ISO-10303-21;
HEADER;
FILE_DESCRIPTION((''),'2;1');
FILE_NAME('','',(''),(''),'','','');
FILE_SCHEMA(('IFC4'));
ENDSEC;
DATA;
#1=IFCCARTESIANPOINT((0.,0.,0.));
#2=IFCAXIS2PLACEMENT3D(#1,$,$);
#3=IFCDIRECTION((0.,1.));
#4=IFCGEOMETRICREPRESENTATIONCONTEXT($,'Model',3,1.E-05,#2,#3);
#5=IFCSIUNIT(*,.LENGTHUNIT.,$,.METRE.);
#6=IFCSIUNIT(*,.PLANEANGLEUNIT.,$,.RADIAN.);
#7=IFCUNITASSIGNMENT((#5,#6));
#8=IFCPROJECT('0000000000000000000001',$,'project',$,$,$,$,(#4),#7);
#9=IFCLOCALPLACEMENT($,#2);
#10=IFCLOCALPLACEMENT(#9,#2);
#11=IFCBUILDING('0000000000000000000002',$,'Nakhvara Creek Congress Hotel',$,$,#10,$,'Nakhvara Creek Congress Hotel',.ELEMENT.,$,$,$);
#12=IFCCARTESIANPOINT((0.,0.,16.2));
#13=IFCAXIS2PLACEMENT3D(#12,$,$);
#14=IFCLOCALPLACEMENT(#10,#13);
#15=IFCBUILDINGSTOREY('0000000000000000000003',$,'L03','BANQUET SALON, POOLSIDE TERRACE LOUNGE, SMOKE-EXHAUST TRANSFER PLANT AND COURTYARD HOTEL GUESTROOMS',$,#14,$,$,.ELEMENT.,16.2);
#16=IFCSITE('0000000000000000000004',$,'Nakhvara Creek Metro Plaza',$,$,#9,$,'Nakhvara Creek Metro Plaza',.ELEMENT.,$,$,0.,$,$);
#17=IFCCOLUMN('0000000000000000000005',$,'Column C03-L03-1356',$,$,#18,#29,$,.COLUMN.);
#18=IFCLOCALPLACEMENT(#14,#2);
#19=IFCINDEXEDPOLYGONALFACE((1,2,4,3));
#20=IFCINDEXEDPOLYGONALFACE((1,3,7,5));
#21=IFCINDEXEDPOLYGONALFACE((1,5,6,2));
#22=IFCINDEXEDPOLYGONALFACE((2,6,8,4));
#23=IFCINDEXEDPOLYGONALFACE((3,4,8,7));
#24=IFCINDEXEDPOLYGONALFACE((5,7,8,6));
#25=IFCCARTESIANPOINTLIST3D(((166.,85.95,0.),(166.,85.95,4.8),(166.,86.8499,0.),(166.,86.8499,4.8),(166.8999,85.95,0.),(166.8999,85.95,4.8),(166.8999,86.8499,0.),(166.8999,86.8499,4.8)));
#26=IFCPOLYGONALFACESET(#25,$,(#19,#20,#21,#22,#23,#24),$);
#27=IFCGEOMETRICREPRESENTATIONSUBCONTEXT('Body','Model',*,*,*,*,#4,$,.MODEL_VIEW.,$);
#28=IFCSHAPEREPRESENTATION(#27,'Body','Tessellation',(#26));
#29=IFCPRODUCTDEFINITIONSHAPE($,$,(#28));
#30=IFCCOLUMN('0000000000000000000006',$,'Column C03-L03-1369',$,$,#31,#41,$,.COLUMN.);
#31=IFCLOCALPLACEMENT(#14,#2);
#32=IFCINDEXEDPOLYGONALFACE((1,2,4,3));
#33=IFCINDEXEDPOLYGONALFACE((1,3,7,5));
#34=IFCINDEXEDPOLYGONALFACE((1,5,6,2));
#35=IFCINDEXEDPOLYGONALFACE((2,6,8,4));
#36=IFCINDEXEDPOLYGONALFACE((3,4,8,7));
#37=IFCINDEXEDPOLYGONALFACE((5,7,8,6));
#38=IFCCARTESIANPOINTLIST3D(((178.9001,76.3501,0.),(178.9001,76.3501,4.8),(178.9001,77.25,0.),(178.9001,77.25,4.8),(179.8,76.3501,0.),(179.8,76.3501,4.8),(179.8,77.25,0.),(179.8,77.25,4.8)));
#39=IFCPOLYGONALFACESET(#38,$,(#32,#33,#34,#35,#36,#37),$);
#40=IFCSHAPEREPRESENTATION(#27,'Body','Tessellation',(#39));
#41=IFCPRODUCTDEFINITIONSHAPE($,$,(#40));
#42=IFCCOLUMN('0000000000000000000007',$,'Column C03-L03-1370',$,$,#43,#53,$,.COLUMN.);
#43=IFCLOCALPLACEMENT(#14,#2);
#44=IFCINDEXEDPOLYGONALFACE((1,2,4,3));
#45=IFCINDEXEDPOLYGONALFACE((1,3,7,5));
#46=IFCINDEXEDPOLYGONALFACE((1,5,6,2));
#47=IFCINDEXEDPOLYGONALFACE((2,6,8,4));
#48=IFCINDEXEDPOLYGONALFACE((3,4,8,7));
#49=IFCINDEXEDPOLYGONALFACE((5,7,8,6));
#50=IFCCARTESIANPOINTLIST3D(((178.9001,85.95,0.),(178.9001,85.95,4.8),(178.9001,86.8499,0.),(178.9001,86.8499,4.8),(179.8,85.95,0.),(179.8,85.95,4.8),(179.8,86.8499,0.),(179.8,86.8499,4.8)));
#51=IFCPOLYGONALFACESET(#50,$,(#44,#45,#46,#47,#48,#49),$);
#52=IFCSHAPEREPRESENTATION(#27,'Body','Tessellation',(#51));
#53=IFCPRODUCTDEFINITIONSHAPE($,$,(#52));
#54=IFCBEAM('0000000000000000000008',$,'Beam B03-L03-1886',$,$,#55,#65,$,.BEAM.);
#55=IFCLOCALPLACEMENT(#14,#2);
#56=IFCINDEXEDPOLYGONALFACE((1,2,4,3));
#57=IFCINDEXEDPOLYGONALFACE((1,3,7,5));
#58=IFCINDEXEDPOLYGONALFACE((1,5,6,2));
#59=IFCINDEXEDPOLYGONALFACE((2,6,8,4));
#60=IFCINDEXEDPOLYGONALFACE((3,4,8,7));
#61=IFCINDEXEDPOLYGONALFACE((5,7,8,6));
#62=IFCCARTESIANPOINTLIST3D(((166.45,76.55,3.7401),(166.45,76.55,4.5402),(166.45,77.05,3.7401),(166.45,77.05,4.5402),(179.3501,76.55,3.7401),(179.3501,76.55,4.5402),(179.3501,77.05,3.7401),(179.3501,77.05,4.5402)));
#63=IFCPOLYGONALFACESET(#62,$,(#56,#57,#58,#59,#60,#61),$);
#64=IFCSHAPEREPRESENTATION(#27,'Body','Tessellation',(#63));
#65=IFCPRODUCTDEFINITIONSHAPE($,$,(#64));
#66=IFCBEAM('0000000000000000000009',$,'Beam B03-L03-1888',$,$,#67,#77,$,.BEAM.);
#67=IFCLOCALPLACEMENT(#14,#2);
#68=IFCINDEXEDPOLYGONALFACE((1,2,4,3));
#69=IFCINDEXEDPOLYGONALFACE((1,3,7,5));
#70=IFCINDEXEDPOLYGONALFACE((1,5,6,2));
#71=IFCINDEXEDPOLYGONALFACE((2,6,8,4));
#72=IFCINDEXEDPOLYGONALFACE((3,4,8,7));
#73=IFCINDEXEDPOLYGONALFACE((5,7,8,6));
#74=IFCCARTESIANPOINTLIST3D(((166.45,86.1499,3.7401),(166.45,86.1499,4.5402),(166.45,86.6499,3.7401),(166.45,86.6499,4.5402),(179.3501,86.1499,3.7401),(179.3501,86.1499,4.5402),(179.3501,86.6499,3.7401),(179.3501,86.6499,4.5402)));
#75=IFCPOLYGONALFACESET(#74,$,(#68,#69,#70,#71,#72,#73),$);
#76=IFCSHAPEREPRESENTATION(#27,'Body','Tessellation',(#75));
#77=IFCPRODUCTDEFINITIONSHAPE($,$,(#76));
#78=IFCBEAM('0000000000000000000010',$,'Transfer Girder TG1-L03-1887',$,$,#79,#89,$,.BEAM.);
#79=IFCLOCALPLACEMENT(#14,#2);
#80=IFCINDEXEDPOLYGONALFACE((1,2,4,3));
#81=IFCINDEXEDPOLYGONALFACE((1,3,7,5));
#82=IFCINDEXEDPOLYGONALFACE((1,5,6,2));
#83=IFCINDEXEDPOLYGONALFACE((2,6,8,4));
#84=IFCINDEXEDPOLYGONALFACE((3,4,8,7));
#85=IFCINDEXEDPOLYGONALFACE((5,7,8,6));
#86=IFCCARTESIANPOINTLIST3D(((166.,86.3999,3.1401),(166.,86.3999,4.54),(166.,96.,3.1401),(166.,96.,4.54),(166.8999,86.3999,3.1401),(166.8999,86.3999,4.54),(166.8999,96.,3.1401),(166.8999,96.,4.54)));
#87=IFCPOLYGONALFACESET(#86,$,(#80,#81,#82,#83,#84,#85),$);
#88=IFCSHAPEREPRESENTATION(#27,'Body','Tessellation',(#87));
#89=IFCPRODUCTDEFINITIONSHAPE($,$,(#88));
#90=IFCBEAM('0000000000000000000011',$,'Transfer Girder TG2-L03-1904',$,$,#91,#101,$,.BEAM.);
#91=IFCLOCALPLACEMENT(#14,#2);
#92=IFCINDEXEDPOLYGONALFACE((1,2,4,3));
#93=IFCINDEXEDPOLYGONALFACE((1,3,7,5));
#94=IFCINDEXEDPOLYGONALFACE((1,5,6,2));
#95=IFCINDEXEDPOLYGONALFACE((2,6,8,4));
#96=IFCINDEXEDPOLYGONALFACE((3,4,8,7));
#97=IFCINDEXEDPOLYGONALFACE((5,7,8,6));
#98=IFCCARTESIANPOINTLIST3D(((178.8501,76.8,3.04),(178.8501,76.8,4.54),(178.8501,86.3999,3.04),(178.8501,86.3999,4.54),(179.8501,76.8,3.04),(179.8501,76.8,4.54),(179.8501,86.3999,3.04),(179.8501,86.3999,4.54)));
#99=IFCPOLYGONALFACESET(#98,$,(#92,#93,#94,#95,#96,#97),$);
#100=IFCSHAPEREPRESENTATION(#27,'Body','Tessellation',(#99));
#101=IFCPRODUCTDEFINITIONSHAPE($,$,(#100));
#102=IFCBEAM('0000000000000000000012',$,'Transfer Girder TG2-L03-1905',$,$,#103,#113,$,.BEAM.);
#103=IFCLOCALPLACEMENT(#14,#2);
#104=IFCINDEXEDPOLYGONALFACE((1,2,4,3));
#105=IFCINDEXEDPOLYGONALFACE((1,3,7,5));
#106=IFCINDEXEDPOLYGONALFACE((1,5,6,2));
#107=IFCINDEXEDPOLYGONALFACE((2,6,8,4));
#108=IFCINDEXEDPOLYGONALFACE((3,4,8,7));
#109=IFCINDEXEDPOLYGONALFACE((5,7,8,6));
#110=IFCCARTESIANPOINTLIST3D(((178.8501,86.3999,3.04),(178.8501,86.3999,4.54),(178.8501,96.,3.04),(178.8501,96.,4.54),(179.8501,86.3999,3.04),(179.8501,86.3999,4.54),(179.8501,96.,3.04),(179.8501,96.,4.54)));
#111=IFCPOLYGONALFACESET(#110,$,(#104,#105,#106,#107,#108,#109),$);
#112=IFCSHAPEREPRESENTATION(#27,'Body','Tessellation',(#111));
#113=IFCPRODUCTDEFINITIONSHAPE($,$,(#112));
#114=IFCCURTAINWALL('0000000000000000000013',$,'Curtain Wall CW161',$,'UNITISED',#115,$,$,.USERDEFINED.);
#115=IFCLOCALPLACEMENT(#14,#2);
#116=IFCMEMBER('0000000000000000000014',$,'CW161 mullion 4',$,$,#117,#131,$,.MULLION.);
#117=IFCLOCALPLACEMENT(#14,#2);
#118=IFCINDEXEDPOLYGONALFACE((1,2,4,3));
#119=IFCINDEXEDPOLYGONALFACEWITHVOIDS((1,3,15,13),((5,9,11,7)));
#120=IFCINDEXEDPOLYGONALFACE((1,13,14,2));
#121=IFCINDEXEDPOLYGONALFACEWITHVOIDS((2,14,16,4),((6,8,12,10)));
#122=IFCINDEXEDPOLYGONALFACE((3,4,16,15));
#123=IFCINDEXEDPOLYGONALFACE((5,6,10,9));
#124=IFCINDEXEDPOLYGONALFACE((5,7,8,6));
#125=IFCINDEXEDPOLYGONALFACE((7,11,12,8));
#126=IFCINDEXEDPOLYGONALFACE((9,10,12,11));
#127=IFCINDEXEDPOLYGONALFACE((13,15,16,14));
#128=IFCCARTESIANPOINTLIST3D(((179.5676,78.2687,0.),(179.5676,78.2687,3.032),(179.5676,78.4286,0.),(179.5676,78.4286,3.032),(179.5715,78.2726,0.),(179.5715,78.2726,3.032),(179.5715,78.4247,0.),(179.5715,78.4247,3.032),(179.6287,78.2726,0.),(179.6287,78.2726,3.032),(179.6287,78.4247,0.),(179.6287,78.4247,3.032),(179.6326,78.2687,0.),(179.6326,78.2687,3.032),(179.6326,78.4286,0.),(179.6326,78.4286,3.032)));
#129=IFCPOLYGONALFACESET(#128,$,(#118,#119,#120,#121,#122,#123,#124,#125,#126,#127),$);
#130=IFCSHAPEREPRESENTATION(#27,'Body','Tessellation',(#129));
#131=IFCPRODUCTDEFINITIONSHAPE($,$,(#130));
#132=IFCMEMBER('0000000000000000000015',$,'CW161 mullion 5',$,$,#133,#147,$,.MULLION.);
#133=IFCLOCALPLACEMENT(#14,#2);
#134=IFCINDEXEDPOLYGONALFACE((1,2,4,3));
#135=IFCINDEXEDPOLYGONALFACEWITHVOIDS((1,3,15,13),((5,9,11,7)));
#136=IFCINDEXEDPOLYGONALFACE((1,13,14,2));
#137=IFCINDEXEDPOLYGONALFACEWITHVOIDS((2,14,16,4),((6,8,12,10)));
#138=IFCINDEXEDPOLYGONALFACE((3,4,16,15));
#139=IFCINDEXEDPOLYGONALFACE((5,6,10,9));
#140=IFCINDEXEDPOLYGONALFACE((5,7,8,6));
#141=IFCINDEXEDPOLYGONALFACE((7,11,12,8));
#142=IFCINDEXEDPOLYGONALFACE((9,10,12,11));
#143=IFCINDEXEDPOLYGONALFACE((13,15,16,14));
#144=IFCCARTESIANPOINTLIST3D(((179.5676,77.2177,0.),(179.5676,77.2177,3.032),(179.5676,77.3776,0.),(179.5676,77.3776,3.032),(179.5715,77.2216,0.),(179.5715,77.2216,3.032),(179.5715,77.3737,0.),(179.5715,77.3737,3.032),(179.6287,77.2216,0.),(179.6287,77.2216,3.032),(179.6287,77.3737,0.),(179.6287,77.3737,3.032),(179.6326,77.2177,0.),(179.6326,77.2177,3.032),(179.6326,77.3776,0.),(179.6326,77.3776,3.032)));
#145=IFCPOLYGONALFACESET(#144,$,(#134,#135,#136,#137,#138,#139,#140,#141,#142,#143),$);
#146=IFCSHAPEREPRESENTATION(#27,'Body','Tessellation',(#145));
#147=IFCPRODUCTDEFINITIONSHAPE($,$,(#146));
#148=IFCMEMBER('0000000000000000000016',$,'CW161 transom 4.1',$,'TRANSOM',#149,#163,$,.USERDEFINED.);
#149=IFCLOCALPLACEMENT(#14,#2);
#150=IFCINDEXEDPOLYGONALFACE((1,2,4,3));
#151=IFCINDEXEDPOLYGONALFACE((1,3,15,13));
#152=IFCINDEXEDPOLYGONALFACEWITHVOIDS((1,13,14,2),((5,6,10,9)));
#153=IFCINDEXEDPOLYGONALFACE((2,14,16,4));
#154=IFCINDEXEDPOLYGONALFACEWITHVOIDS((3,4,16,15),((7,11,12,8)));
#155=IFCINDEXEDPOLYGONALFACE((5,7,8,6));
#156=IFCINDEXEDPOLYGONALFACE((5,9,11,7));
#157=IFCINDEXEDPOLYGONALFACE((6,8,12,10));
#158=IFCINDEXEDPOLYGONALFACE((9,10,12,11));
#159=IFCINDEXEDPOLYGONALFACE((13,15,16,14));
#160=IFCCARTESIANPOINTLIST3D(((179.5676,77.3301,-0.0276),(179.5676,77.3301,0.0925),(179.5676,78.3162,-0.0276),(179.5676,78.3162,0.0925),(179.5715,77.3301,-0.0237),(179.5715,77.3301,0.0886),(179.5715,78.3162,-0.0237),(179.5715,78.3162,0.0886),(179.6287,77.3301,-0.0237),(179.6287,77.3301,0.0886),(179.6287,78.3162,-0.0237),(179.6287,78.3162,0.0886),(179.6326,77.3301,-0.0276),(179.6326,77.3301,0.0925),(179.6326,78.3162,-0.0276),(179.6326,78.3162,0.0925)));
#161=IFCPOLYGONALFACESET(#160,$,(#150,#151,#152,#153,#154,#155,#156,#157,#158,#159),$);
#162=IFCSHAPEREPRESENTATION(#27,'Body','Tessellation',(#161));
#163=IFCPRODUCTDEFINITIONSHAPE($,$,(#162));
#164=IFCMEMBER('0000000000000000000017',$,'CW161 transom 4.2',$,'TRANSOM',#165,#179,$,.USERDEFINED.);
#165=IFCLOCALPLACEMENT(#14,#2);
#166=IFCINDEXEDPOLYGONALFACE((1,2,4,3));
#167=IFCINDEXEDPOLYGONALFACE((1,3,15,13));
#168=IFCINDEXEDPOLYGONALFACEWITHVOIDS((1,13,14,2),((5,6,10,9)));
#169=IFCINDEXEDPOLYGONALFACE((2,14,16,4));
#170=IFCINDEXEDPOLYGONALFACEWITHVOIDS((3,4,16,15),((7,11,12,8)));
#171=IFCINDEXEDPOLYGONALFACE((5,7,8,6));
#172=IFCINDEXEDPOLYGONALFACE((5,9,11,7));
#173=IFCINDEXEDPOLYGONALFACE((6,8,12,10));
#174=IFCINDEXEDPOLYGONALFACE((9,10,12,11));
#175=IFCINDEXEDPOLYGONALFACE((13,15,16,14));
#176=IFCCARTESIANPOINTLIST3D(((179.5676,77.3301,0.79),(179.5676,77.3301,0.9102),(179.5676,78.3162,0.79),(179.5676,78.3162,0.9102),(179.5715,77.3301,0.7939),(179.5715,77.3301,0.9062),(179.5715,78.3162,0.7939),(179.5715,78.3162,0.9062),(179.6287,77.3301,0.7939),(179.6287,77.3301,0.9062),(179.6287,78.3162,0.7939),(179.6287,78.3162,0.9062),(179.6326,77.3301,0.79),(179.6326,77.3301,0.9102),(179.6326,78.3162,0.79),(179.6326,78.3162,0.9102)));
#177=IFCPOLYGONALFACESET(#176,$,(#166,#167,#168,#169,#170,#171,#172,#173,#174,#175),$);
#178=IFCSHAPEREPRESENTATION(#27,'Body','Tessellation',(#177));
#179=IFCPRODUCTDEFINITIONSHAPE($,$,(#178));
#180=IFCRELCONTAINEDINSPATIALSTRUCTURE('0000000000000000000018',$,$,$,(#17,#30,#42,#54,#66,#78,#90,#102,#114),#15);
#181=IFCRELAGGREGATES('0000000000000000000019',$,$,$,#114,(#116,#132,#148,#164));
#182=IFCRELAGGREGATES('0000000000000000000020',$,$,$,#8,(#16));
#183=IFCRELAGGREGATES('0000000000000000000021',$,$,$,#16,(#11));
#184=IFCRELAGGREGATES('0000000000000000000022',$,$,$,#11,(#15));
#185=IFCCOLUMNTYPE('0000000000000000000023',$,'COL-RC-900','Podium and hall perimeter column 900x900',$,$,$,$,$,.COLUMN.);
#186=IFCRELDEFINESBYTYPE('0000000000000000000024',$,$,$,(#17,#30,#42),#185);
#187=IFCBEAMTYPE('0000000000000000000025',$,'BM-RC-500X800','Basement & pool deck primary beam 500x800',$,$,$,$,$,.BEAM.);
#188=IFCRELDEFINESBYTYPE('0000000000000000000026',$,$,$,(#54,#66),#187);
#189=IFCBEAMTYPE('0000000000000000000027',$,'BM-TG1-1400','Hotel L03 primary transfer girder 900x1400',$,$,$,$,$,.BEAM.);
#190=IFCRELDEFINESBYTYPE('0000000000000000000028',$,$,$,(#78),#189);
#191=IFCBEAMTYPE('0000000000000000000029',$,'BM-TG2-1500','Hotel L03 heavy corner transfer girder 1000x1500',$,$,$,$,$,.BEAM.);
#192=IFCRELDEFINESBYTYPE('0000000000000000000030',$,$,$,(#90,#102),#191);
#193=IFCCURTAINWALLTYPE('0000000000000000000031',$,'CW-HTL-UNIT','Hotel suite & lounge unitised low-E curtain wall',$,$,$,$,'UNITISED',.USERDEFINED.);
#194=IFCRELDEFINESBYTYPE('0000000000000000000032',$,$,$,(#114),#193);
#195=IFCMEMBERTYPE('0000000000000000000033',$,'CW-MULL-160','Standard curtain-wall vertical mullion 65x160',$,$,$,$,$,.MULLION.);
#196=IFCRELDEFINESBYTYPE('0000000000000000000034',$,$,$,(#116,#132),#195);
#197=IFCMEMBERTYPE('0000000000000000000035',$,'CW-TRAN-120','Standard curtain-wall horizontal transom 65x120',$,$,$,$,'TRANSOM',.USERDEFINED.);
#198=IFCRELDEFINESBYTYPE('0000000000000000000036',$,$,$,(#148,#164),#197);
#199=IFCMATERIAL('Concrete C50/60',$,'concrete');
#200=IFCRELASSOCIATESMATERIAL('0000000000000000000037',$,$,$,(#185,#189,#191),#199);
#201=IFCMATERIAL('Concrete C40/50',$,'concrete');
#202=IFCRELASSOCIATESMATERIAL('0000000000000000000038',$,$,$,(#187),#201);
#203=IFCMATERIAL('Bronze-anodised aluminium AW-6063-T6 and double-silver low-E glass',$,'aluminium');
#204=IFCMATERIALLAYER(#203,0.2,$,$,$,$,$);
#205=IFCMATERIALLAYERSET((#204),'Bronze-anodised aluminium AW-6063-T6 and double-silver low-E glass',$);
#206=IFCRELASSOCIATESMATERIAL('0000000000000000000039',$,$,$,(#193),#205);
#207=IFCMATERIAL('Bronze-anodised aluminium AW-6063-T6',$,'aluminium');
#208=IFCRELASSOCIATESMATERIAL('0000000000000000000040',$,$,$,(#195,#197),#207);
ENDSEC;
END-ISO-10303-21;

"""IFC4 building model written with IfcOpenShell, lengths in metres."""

from ifc_helpers import new_model, si_unit, direction, frame, origin, origin_2d, place, context, subcontext, project, spatial, rectangle, hollow_rectangle, extrude, material, layer, layer_set, material_profile, profile_set, type_object, element, aggregate, save


model = new_model("IFC4")

# Units and contexts
model_context = context("Model", 3, precision=1e-05, world=origin(), true_north=direction((0.0, 1.0)))
body_context = subcontext(model_context, "Body", "Model", "MODEL_VIEW")
ifc_project = project(units=[si_unit("LENGTHUNIT", "METRE"), si_unit("PLANEANGLEUNIT", "RADIAN")], contexts=[model_context])

# Site, building, storey
site_placement = place(None, origin())
site = spatial("IfcSite", under=ifc_project, at=site_placement, Name="Nakhvara Creek Metro Plaza", LongName="Nakhvara Creek Metro Plaza", CompositionType="ELEMENT", RefElevation=0.0)
building_placement = place(site_placement, origin())
building = spatial("IfcBuilding", under=site, at=building_placement, Name="Nakhvara Creek Congress Hotel", LongName="Nakhvara Creek Congress Hotel", CompositionType="ELEMENT")
storey_placement = place(building_placement, frame((0.0, 0.0, 16.2)))
storey = spatial("IfcBuildingStorey", under=building, at=storey_placement, Name="L03", Description="BANQUET SALON, POOLSIDE TERRACE LOUNGE, SMOKE-EXHAUST TRANSFER PLANT AND COURTYARD HOTEL GUESTROOMS", CompositionType="ELEMENT", Elevation=16.2)

# Columns
ifc_material_1 = material(Name="Concrete C50/60", Category="concrete")
ifc_material_profile_1 = material_profile(ifc_material_1, rectangle(XDim=0.8999, YDim=0.8999, at=origin_2d()), Name="RC-COL 900x900", Category="LoadBearing")
ifc_profile_set_1 = profile_set([ifc_material_profile_1], Name="Concrete C50/60")
column_type = type_object("IfcColumnType", Name="COL-RC-900", Description="Podium and hall perimeter column 900x900", PredefinedType="COLUMN", material=ifc_profile_set_1)
for number, where, z_axis, x_axis, name in (
    (1, (166.45, 86.3999, 0.0), (0.0, 0.0, 1.0), (1.0, 0.0, 0.0), "Column C03-L03-1356"),
    (2, (179.3501, 76.8, 0.0), (0.0, 0.0, 1.0), (1.0, 0.0, 0.0), "Column C03-L03-1369"),
    (3, (179.3501, 86.3999, 0.0), (0.0, 0.0, 1.0), (1.0, 0.0, 0.0), "Column C03-L03-1370"),
):
    element("IfcColumn", number, at=place(storey_placement, frame(where, z_axis=z_axis, x_axis=x_axis)), inside=storey, type_object=column_type, Name=name, PredefinedType="COLUMN", context=body_context, shape_type="SweptSolid", body=[
        extrude(rectangle(XDim=0.8999, YDim=0.8999, at=origin_2d()), origin(), (0.0, 0.0, 1.0), 4.8),
    ])

# Beams
ifc_material_2 = material(Name="Concrete C40/50", Category="concrete")
ifc_material_profile_2 = material_profile(ifc_material_2, rectangle(XDim=0.5, YDim=0.8, at=origin_2d()), Name="RC-BM 500x800", Category="LoadBearing")
ifc_profile_set_2 = profile_set([ifc_material_profile_2], Name="Concrete C40/50")
beam_type_1 = type_object("IfcBeamType", Name="BM-RC-500X800", Description="Basement & pool deck primary beam 500x800", PredefinedType="BEAM", material=ifc_profile_set_2)
for number, where, z_axis, x_axis, name in (
    (4, (166.45, 76.8, 4.1401), (1.0, 0.0, 0.0), (0.0, 1.0, 0.0), "Beam B03-L03-1886"),
    (5, (166.45, 86.3999, 4.1401), (1.0, 0.0, 0.0), (0.0, 1.0, 0.0), "Beam B03-L03-1888"),
):
    element("IfcBeam", number, at=place(storey_placement, frame(where, z_axis=z_axis, x_axis=x_axis)), inside=storey, type_object=beam_type_1, Name=name, PredefinedType="BEAM", context=body_context, shape_type="SweptSolid", body=[
        extrude(rectangle(XDim=0.5, YDim=0.8, at=origin_2d()), origin(), (0.0, 0.0, 1.0), 12.9001),
    ])
ifc_material_profile_3 = material_profile(ifc_material_1, rectangle(XDim=0.8999, YDim=1.3999, at=origin_2d()), Name="RC-TG 900x1400", Category="LoadBearing")
ifc_profile_set_3 = profile_set([ifc_material_profile_3], Name="Concrete C50/60")
beam_type_2 = type_object("IfcBeamType", Name="BM-TG1-1400", Description="Hotel L03 primary transfer girder 900x1400", PredefinedType="BEAM", material=ifc_profile_set_3)
beam_1_placement = place(storey_placement, frame((166.45, 86.3999, 3.8401), z_axis=(0.0, 1.0, 0.0), x_axis=(-1.0, 0.0, 0.0)))
element("IfcBeam", 6, at=beam_1_placement, inside=storey, type_object=beam_type_2, Name="Transfer Girder TG1-L03-1887", PredefinedType="BEAM", context=body_context, shape_type="SweptSolid", body=[
    extrude(rectangle(XDim=0.8999, YDim=1.3999, at=origin_2d()), origin(), (0.0, 0.0, 1.0), 9.6001),
])
ifc_material_profile_4 = material_profile(ifc_material_1, rectangle(XDim=1.0, YDim=1.5, at=origin_2d()), Name="RC-TG 1000x1500", Category="LoadBearing")
ifc_profile_set_4 = profile_set([ifc_material_profile_4], Name="Concrete C50/60")
beam_type_3 = type_object("IfcBeamType", Name="BM-TG2-1500", Description="Hotel L03 heavy corner transfer girder 1000x1500", PredefinedType="BEAM", material=ifc_profile_set_4)
beam_2_placement = place(storey_placement, frame((179.3501, 76.8, 3.79), z_axis=(0.0, 1.0, 0.0), x_axis=(-1.0, 0.0, 0.0)))
element("IfcBeam", 7, at=beam_2_placement, inside=storey, type_object=beam_type_3, Name="Transfer Girder TG2-L03-1904", PredefinedType="BEAM", context=body_context, shape_type="SweptSolid", body=[
    extrude(rectangle(XDim=1.0, YDim=1.5, at=origin_2d()), origin(), (0.0, 0.0, 1.0), 9.5999),
])
beam_3_placement = place(storey_placement, frame((179.3501, 86.3999, 3.79), z_axis=(0.0, 1.0, 0.0), x_axis=(-1.0, 0.0, 0.0)))
element("IfcBeam", 8, at=beam_3_placement, inside=storey, type_object=beam_type_3, Name="Transfer Girder TG2-L03-1905", PredefinedType="BEAM", context=body_context, shape_type="SweptSolid", body=[
    extrude(rectangle(XDim=1.0, YDim=1.5, at=origin_2d()), origin(), (0.0, 0.0, 1.0), 9.6001),
])

# Curtain wall, members
ifc_material_3 = material(Name="Bronze-anodised aluminium AW-6063-T6 and double-silver low-E glass", Category="aluminium")
ifc_layer_1 = layer(ifc_material_3, 0.2)
ifc_layer_set_1 = layer_set([ifc_layer_1], Name="Bronze-anodised aluminium AW-6063-T6 and double-silver low-E glass")
curtain_wall_type = type_object("IfcCurtainWallType", Name="CW-HTL-UNIT", Description="Hotel suite & lounge unitised low-E curtain wall", ElementType="UNITISED", PredefinedType="USERDEFINED", material=ifc_layer_set_1)
curtain_wall_placement = place(storey_placement, origin())
curtain_wall = element("IfcCurtainWall", 9, at=curtain_wall_placement, inside=storey, type_object=curtain_wall_type, Name="Curtain Wall CW161", ObjectType="UNITISED", PredefinedType="USERDEFINED")
ifc_material_4 = material(Name="Bronze-anodised aluminium AW-6063-T6", Category="aluminium")
ifc_material_profile_5 = material_profile(ifc_material_4, hollow_rectangle(XDim=0.0649, YDim=0.1599, WallThickness=0.0039, at=origin_2d()), Name="ALU-MULL 65x160x4", Category="LoadBearing")
ifc_profile_set_5 = profile_set([ifc_material_profile_5], Name="Bronze-anodised aluminium AW-6063-T6")
member_type_1 = type_object("IfcMemberType", Name="CW-MULL-160", Description="Standard curtain-wall vertical mullion 65x160", PredefinedType="MULLION", material=ifc_profile_set_5)
member_1_placement = place(storey_placement, frame((179.6001, 78.3486, 0.0), z_axis=(0.0, 0.0, 1.0), x_axis=(1.0, 0.0, 0.0)))
member_1 = element("IfcMember", 10, at=member_1_placement, type_object=member_type_1, Name="CW161 mullion 4", PredefinedType="MULLION", context=body_context, shape_type="SweptSolid", body=[
    extrude(hollow_rectangle(XDim=0.0649, YDim=0.1599, WallThickness=0.0039, at=origin_2d()), origin(), (0.0, 0.0, 1.0), 3.032),
])
member_2_placement = place(storey_placement, frame((179.6001, 77.2976, 0.0), z_axis=(0.0, 0.0, 1.0), x_axis=(1.0, 0.0, 0.0)))
member_2 = element("IfcMember", 11, at=member_2_placement, type_object=member_type_1, Name="CW161 mullion 5", PredefinedType="MULLION", context=body_context, shape_type="SweptSolid", body=[
    extrude(hollow_rectangle(XDim=0.0649, YDim=0.1599, WallThickness=0.0039, at=origin_2d()), origin(), (0.0, 0.0, 1.0), 3.032),
])
ifc_material_profile_6 = material_profile(ifc_material_4, hollow_rectangle(XDim=0.0649, YDim=0.1201, WallThickness=0.0039, at=origin_2d()), Name="ALU-TRAN 65x120x4", Category="LoadBearing")
ifc_profile_set_6 = profile_set([ifc_material_profile_6], Name="Bronze-anodised aluminium AW-6063-T6")
member_type_2 = type_object("IfcMemberType", Name="CW-TRAN-120", Description="Standard curtain-wall horizontal transom 65x120", ElementType="TRANSOM", PredefinedType="USERDEFINED", material=ifc_profile_set_6)
member_3_placement = place(storey_placement, frame((179.6001, 78.3162, 0.0325), z_axis=(0.0, -1.0, 0.0), x_axis=(1.0, 0.0, 0.0)))
member_3 = element("IfcMember", 12, at=member_3_placement, type_object=member_type_2, Name="CW161 transom 4.1", ObjectType="TRANSOM", PredefinedType="USERDEFINED", context=body_context, shape_type="SweptSolid", body=[
    extrude(hollow_rectangle(XDim=0.0649, YDim=0.1201, WallThickness=0.0039, at=origin_2d()), origin(), (0.0, 0.0, 1.0), 0.9861),
])
member_4_placement = place(storey_placement, frame((179.6001, 78.3162, 0.8501), z_axis=(0.0, -1.0, 0.0), x_axis=(1.0, 0.0, 0.0)))
member_4 = element("IfcMember", 13, at=member_4_placement, type_object=member_type_2, Name="CW161 transom 4.2", ObjectType="TRANSOM", PredefinedType="USERDEFINED", context=body_context, shape_type="SweptSolid", body=[
    extrude(hollow_rectangle(XDim=0.0649, YDim=0.1201, WallThickness=0.0039, at=origin_2d()), origin(), (0.0, 0.0, 1.0), 0.9861),
])
aggregate(curtain_wall, [member_1, member_2, member_3, member_4])

save(model, "model.ifc")
